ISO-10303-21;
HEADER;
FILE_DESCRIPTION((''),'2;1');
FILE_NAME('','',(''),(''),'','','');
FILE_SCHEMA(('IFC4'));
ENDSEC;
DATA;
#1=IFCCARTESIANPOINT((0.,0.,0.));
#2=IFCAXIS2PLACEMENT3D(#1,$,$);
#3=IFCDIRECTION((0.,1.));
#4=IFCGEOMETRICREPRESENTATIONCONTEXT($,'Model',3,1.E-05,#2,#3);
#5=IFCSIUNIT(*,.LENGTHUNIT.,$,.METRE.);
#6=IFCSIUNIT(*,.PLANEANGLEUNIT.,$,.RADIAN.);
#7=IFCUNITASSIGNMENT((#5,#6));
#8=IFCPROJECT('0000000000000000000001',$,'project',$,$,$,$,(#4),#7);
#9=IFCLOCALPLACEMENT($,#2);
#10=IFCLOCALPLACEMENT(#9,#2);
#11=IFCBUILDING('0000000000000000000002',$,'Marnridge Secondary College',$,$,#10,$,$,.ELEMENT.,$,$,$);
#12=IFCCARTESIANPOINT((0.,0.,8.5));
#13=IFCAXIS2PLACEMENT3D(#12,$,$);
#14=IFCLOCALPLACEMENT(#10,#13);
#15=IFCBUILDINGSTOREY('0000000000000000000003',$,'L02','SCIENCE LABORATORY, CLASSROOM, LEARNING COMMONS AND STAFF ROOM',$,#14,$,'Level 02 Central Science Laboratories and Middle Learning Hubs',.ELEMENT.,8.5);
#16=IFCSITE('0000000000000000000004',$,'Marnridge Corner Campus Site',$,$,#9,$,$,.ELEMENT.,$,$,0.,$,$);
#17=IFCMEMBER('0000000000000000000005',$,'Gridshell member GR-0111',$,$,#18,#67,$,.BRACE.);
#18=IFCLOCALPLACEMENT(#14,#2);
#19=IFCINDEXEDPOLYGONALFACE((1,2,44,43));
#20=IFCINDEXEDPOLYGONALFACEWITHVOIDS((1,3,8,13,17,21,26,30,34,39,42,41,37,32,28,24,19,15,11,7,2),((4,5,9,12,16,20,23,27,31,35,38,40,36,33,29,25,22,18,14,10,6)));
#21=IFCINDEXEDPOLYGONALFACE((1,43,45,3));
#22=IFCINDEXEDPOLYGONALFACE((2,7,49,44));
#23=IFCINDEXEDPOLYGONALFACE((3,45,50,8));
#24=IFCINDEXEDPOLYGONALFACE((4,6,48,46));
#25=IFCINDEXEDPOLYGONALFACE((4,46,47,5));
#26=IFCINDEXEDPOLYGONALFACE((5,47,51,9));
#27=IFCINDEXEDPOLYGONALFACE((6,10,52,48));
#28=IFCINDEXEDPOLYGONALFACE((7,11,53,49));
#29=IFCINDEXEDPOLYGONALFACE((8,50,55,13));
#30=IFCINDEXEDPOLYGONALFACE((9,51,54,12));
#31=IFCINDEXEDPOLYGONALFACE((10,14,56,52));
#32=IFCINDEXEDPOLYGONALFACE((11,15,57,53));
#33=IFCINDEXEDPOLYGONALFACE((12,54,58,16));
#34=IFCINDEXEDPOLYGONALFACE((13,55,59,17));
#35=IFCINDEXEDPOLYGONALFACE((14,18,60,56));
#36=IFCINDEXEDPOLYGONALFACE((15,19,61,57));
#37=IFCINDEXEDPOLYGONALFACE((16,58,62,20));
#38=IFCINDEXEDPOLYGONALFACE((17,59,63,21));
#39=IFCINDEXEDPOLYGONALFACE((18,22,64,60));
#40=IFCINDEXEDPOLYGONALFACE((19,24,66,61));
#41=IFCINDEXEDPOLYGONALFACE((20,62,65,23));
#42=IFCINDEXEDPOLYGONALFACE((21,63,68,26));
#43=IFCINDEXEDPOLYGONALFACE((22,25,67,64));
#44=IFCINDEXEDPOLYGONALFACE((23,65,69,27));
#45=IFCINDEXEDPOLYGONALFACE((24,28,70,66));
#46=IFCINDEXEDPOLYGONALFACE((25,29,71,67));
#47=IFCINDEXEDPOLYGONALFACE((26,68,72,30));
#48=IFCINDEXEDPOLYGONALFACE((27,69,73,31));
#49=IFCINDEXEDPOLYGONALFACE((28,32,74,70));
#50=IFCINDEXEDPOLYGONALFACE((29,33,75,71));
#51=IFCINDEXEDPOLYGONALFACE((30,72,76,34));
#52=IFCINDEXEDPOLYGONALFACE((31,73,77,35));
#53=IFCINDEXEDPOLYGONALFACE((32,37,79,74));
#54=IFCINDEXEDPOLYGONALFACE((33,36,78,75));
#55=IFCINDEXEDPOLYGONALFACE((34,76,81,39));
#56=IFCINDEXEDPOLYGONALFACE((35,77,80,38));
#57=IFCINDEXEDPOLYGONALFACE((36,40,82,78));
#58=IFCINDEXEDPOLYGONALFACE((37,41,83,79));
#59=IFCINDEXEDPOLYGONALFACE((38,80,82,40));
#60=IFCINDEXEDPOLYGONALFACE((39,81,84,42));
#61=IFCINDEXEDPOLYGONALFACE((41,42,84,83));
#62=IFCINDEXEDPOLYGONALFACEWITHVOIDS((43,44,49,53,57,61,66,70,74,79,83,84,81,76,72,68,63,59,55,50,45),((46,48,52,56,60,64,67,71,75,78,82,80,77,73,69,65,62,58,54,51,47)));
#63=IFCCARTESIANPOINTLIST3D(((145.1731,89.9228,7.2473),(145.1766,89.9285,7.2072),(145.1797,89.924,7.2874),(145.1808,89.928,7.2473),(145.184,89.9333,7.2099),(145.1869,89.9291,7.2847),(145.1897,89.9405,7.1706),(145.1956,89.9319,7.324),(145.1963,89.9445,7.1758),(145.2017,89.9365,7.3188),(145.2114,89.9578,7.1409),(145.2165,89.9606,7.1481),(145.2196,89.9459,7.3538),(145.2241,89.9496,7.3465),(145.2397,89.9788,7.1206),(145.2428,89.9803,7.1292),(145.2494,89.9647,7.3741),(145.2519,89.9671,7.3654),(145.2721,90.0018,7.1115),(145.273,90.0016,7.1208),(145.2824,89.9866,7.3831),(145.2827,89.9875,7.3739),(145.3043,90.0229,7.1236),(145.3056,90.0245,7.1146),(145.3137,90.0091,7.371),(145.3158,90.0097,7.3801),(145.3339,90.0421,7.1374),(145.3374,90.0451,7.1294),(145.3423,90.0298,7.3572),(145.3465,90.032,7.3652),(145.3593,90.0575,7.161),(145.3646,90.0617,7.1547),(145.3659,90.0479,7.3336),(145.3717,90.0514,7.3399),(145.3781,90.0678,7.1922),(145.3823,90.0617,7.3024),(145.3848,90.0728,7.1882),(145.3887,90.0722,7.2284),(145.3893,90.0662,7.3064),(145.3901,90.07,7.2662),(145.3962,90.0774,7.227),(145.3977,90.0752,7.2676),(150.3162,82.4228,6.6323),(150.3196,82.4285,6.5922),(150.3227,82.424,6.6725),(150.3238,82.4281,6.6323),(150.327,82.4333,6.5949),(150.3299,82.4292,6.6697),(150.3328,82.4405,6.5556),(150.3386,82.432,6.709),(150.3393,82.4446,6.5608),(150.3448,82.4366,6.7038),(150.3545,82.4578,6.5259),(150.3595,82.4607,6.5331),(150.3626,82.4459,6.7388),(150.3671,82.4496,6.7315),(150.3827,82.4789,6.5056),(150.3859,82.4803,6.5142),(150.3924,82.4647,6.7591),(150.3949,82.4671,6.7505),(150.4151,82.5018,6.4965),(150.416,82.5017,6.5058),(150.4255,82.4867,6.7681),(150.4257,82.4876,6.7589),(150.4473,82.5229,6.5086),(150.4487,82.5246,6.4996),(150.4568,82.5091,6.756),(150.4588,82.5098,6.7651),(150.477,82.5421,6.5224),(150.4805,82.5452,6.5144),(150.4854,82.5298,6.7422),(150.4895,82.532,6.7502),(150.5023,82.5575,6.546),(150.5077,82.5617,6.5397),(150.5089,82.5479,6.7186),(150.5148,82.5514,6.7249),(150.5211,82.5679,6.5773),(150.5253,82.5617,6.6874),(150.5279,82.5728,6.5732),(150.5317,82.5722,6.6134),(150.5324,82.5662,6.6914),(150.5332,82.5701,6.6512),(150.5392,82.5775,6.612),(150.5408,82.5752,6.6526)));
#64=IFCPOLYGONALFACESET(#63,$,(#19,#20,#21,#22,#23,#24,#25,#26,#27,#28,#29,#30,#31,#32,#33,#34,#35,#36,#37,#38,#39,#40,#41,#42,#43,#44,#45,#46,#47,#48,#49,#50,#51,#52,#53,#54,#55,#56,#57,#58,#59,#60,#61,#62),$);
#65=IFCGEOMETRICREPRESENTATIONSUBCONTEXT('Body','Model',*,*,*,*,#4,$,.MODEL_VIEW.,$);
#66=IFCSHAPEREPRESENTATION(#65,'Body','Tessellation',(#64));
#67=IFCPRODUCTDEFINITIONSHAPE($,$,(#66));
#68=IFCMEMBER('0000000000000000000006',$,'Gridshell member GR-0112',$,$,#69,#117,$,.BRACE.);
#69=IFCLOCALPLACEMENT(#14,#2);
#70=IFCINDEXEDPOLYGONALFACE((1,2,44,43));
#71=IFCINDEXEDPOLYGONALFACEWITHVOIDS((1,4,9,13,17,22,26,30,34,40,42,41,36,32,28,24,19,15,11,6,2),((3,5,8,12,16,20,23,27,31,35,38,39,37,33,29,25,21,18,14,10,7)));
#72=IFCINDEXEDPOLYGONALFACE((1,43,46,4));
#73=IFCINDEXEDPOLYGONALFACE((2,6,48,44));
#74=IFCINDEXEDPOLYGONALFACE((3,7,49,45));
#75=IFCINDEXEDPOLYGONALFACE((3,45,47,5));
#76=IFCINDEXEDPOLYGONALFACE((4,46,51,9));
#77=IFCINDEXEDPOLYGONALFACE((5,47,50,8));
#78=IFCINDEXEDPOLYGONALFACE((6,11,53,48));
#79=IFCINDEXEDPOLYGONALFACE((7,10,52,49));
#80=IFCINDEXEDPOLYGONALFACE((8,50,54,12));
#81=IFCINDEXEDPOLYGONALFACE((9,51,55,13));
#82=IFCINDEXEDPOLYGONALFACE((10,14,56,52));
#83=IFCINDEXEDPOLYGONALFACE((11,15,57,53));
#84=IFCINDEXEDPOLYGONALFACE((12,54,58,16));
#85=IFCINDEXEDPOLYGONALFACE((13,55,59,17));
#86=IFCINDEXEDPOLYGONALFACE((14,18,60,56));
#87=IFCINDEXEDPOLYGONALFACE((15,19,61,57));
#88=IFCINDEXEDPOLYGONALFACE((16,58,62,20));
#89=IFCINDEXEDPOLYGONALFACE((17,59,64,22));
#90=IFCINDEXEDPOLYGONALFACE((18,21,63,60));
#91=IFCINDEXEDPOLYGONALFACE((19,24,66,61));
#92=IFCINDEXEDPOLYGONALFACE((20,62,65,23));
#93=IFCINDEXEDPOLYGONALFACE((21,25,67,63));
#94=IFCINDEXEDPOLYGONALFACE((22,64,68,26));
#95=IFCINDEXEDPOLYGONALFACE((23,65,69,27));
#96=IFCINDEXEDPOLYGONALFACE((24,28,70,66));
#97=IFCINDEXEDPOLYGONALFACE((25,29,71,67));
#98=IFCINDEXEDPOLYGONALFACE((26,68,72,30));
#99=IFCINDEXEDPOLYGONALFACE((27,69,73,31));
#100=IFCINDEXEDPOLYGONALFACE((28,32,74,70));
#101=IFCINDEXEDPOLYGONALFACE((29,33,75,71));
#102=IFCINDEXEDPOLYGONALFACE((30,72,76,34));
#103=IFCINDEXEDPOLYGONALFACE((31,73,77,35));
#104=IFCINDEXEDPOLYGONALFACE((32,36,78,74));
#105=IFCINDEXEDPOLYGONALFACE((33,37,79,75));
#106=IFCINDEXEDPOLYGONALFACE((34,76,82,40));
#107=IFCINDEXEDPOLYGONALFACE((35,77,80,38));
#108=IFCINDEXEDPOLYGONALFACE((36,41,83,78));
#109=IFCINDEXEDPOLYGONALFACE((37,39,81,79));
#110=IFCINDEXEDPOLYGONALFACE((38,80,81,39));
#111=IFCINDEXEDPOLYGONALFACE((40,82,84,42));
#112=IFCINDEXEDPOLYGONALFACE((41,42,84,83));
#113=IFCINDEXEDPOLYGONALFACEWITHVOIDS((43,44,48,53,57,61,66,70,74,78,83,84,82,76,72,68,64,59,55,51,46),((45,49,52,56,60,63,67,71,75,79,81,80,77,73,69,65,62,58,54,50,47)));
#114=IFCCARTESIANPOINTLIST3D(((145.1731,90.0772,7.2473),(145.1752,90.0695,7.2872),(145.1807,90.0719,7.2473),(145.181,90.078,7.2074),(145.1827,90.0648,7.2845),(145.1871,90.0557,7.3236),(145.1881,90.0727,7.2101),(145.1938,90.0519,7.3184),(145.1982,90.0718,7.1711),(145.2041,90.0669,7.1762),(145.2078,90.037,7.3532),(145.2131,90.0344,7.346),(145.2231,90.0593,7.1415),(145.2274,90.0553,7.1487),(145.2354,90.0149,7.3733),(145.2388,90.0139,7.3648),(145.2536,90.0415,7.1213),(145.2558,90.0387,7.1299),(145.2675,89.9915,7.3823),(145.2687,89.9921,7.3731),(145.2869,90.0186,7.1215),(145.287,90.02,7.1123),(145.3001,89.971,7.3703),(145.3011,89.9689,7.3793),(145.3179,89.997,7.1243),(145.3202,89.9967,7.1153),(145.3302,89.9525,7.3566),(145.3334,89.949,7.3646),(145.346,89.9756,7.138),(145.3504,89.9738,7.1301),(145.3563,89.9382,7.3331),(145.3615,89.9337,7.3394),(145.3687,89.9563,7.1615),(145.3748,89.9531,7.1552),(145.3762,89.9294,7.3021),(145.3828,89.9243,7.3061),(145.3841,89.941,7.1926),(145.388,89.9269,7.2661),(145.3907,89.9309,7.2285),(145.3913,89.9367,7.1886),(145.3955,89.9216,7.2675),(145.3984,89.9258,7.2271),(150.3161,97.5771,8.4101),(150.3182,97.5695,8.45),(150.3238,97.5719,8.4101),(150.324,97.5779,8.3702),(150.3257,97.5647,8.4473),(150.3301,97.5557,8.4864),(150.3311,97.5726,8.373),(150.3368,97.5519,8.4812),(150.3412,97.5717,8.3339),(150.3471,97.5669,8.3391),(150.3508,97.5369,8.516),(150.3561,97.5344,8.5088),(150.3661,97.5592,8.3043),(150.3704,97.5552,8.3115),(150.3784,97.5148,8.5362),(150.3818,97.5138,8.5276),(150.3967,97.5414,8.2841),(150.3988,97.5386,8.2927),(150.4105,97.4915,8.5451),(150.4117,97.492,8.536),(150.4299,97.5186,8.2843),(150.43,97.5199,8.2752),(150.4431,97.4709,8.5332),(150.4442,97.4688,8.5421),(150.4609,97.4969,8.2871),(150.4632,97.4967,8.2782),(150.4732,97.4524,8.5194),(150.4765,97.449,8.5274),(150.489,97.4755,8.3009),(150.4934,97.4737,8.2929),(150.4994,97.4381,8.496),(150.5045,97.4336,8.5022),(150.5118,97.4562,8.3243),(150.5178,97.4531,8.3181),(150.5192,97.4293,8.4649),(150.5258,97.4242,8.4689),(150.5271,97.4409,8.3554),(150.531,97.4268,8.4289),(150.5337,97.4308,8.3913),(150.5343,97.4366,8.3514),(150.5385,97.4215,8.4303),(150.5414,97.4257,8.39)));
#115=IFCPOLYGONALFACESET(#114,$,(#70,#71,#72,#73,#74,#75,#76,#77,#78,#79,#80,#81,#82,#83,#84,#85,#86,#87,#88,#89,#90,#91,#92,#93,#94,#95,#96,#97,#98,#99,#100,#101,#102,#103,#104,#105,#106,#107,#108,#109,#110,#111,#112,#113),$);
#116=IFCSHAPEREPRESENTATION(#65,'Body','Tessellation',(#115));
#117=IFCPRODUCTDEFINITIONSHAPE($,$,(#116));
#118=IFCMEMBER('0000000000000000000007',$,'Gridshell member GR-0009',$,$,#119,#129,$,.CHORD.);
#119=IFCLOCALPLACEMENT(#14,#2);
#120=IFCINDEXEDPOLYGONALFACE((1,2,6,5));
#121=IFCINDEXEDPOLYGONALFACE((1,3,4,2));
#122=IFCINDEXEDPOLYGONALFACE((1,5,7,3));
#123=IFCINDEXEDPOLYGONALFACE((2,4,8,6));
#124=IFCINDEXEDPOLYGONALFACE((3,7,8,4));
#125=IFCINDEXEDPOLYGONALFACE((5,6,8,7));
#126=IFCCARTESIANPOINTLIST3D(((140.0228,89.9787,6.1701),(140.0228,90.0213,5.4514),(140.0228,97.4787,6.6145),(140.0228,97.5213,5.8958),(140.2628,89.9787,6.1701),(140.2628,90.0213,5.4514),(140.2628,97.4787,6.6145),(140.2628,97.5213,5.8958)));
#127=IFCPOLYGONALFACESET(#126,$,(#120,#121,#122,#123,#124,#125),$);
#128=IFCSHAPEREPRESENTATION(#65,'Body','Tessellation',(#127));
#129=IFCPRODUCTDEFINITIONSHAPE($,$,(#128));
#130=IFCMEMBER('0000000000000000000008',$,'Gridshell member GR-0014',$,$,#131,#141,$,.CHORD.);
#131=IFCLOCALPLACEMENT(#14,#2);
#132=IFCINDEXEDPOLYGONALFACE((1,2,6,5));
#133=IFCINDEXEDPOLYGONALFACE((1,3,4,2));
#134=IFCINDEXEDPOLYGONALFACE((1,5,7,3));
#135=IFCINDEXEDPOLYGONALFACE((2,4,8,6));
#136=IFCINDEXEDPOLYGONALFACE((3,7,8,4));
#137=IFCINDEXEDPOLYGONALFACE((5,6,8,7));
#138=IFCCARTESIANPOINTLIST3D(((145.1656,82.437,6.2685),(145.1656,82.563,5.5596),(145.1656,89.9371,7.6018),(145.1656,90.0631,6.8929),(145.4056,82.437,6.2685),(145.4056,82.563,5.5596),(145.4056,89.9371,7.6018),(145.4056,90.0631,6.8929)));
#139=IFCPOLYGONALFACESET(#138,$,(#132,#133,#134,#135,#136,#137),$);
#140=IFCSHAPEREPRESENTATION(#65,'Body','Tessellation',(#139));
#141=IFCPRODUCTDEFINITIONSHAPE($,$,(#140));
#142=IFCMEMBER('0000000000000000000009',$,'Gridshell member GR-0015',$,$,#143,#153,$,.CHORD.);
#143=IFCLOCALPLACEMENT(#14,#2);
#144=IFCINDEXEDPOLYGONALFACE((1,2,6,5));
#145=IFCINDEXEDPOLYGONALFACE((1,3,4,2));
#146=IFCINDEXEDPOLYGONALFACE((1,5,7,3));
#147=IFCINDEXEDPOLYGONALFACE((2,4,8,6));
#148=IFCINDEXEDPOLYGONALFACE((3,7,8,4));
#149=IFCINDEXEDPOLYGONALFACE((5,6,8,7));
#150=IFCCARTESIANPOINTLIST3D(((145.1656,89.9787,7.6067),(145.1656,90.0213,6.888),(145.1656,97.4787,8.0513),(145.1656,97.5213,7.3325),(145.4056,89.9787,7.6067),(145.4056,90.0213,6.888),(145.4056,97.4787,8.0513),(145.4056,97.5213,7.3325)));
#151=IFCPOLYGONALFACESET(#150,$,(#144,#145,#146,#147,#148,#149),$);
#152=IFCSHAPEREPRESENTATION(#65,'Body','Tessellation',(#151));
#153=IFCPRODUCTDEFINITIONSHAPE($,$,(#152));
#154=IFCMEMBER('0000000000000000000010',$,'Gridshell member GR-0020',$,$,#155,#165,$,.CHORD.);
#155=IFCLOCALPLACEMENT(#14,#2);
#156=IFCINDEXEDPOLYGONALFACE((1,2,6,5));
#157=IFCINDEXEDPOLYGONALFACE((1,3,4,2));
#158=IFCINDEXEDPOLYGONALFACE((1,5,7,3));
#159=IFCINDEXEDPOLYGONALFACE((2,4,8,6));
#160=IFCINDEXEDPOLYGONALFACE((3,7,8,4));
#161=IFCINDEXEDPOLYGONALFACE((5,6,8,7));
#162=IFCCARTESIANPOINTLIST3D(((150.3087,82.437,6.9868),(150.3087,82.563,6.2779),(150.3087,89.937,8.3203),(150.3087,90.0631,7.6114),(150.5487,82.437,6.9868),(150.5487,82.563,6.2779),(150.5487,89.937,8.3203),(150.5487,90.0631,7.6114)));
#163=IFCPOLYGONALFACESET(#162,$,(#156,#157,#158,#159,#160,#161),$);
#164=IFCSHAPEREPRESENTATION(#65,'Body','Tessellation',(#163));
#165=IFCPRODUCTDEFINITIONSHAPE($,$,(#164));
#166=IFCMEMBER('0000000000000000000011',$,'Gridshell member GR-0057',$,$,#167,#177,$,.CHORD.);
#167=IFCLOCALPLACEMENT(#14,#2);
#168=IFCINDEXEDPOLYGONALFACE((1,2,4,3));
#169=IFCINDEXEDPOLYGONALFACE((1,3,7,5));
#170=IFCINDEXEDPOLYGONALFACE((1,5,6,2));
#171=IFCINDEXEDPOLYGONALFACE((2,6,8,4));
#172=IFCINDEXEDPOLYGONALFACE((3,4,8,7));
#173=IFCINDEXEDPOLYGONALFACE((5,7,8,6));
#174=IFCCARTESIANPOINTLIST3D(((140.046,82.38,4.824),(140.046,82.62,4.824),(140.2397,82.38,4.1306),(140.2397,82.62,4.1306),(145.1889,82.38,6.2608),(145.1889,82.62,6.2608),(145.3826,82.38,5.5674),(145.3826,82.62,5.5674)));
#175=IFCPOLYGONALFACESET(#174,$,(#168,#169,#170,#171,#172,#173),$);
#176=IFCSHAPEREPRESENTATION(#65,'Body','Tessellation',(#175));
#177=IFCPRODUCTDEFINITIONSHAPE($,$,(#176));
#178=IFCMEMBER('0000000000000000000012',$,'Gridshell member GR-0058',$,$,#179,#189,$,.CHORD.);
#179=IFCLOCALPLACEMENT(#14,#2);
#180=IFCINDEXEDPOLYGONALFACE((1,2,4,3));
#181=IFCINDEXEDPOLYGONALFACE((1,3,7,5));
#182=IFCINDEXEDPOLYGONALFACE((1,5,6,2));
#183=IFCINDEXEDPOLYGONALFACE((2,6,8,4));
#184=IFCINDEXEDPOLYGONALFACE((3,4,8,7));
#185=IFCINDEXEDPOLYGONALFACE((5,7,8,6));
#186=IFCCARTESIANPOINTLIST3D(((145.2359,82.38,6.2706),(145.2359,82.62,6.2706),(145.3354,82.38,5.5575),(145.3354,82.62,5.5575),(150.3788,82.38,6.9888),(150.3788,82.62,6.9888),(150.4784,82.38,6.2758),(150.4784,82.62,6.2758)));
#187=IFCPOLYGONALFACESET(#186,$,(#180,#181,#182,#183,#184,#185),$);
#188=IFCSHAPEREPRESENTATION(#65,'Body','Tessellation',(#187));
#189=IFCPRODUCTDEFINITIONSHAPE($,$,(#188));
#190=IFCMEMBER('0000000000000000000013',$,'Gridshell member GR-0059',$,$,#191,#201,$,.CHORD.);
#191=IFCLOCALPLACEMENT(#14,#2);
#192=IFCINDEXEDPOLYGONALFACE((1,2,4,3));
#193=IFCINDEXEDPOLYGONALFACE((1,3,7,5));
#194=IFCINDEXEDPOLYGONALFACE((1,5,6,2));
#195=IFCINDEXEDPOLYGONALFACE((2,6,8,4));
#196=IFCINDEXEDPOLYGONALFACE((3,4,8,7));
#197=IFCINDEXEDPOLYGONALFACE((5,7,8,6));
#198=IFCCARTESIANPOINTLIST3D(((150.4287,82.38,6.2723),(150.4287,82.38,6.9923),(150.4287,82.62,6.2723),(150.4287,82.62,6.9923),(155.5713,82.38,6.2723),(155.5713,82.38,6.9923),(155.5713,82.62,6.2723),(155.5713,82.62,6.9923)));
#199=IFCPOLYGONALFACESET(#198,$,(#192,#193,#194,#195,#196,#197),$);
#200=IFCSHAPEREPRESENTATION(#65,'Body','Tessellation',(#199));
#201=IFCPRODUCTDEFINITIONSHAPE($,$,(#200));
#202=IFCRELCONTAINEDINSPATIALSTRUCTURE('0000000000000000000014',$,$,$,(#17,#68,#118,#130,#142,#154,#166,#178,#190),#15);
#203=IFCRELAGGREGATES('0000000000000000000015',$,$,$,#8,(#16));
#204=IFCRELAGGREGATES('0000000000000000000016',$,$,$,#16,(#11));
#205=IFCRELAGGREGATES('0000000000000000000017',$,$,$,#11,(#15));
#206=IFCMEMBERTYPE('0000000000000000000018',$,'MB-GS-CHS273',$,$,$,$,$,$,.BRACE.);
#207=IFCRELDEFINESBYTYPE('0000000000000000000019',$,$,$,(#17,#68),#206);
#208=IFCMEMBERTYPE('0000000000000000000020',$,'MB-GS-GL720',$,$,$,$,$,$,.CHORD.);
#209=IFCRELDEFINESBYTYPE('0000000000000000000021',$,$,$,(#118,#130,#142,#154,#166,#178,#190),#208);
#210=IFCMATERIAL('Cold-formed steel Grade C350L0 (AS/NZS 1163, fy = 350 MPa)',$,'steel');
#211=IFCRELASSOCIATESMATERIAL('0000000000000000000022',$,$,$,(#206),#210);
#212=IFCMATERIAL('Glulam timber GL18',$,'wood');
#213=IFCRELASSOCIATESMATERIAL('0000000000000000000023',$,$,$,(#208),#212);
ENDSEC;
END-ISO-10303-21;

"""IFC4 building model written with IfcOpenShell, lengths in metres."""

from ifc_helpers import new_model, si_unit, direction, frame, origin, origin_2d, place, context, subcontext, project, spatial, rectangle, hollow_circle, extrude, material, material_profile, profile_set, type_object, element, save


model = new_model("IFC4")

# Units and contexts
model_context = context("Model", 3, precision=1e-05, world=origin(), true_north=direction((0.0, 1.0)))
body_context = subcontext(model_context, "Body", "Model", "MODEL_VIEW")
ifc_project = project(units=[si_unit("LENGTHUNIT", "METRE"), si_unit("PLANEANGLEUNIT", "RADIAN")], contexts=[model_context])

# Site, building, storey
site_placement = place(None, origin())
site = spatial("IfcSite", under=ifc_project, at=site_placement, Name="Marnridge Corner Campus Site", CompositionType="ELEMENT", RefElevation=0.0)
building_placement = place(site_placement, origin())
building = spatial("IfcBuilding", under=site, at=building_placement, Name="Marnridge Secondary College", CompositionType="ELEMENT")
storey_placement = place(building_placement, frame((0.0, 0.0, 8.5)))
storey = spatial("IfcBuildingStorey", under=building, at=storey_placement, Name="L02", Description="SCIENCE LABORATORY, CLASSROOM, LEARNING COMMONS AND STAFF ROOM", LongName="Level 02 Central Science Laboratories and Middle Learning Hubs", CompositionType="ELEMENT", Elevation=8.5)

# Members
ifc_material_1 = material(Name="Cold-formed steel Grade C350L0 (AS/NZS 1163, fy = 350 MPa)", Category="steel")
ifc_material_profile_1 = material_profile(ifc_material_1, hollow_circle(Radius=0.1365, WallThickness=0.0093, at=origin_2d()), Name="273.1x9.3CHS")
ifc_profile_set_1 = profile_set([ifc_material_profile_1], Name="Cold-formed steel Grade C350L0 (AS/NZS 1163, fy = 350 MPa)")
member_type_1 = type_object("IfcMemberType", Name="MB-GS-CHS273", PredefinedType="BRACE", material=ifc_profile_set_1)
member_1_placement = place(storey_placement, frame((150.4287, 82.5, 6.6323), z_axis=(-0.564255, 0.822839, 0.067472), x_axis=(-0.824718, -0.565544, 0.0)))
element("IfcMember", 1, at=member_1_placement, inside=storey, type_object=member_type_1, Name="Gridshell member GR-0111", PredefinedType="BRACE", context=body_context, shape_type="SweptSolid", body=[
    extrude(hollow_circle(Radius=0.1365, WallThickness=0.0093, at=origin_2d()), origin(), (0.0, 0.0, 1.0), 9.1147),
])
member_2_placement = place(storey_placement, frame((145.2856, 90.0, 7.2473), z_axis=(0.560976, 0.818057, 0.126836), x_axis=(-0.824718, 0.565544, 0.0)))
element("IfcMember", 2, at=member_2_placement, inside=storey, type_object=member_type_1, Name="Gridshell member GR-0112", PredefinedType="BRACE", context=body_context, shape_type="SweptSolid", body=[
    extrude(hollow_circle(Radius=0.1365, WallThickness=0.0093, at=origin_2d()), origin(), (0.0, 0.0, 1.0), 9.168),
])
ifc_material_2 = material(Name="Glulam timber GL18", Category="wood")
ifc_material_profile_2 = material_profile(ifc_material_2, rectangle(XDim=0.24, YDim=0.72, at=origin_2d()), Name="GL18 240x720")
ifc_profile_set_2 = profile_set([ifc_material_profile_2], Name="Glulam timber GL18")
member_type_2 = type_object("IfcMemberType", Name="MB-GS-GL720", PredefinedType="CHORD", material=ifc_profile_set_2)
member_3_placement = place(storey_placement, frame((140.1428, 90.0, 5.8108), z_axis=(0.0, 0.99825, 0.059141), x_axis=(-1.0, 0.0, 0.0)))
element("IfcMember", 3, at=member_3_placement, inside=storey, type_object=member_type_2, Name="Gridshell member GR-0009", PredefinedType="CHORD", context=body_context, shape_type="SweptSolid", body=[
    extrude(rectangle(XDim=0.24, YDim=0.72, at=origin_2d()), origin(), (0.0, 0.0, 1.0), 7.5132),
])
member_4_placement = place(storey_placement, frame((145.2856, 82.5, 5.9141), z_axis=(0.0, 0.984564, 0.175023), x_axis=(-1.0, 0.0, 0.0)))
element("IfcMember", 4, at=member_4_placement, inside=storey, type_object=member_type_2, Name="Gridshell member GR-0014", PredefinedType="CHORD", context=body_context, shape_type="SweptSolid", body=[
    extrude(rectangle(XDim=0.24, YDim=0.72, at=origin_2d()), origin(), (0.0, 0.0, 1.0), 7.6177),
])
member_5_placement = place(storey_placement, frame((145.2856, 90.0, 7.2473), z_axis=(0.0, 0.998248, 0.059173), x_axis=(-1.0, 0.0, 0.0)))
element("IfcMember", 5, at=member_5_placement, inside=storey, type_object=member_type_2, Name="Gridshell member GR-0015", PredefinedType="CHORD", context=body_context, shape_type="SweptSolid", body=[
    extrude(rectangle(XDim=0.24, YDim=0.72, at=origin_2d()), origin(), (0.0, 0.0, 1.0), 7.5132),
])
member_6_placement = place(storey_placement, frame((150.4287, 82.5, 6.6323), z_axis=(0.0, 0.984559, 0.175054), x_axis=(-1.0, 0.0, 0.0)))
element("IfcMember", 6, at=member_6_placement, inside=storey, type_object=member_type_2, Name="Gridshell member GR-0020", PredefinedType="CHORD", context=body_context, shape_type="SweptSolid", body=[
    extrude(rectangle(XDim=0.24, YDim=0.72, at=origin_2d()), origin(), (0.0, 0.0, 1.0), 7.6177),
])
member_7_placement = place(storey_placement, frame((140.1428, 82.5, 4.4773), z_axis=(0.963121, 0.0, 0.26907), x_axis=(0.0, 1.0, 0.0)))
element("IfcMember", 7, at=member_7_placement, inside=storey, type_object=member_type_2, Name="Gridshell member GR-0057", PredefinedType="CHORD", context=body_context, shape_type="SweptSolid", body=[
    extrude(rectangle(XDim=0.24, YDim=0.72, at=origin_2d()), origin(), (0.0, 0.0, 1.0), 5.3398),
])
member_8_placement = place(storey_placement, frame((145.2856, 82.5, 5.9141), z_axis=(0.990388, 0.0, 0.138314), x_axis=(0.0, 1.0, 0.0)))
element("IfcMember", 8, at=member_8_placement, inside=storey, type_object=member_type_2, Name="Gridshell member GR-0058", PredefinedType="CHORD", context=body_context, shape_type="SweptSolid", body=[
    extrude(rectangle(XDim=0.24, YDim=0.72, at=origin_2d()), origin(), (0.0, 0.0, 1.0), 5.1929),
])
member_9_placement = place(storey_placement, frame((150.4287, 82.5, 6.6323), z_axis=(1.0, 0.0, 0.0), x_axis=(0.0, 1.0, 0.0)))
element("IfcMember", 9, at=member_9_placement, inside=storey, type_object=member_type_2, Name="Gridshell member GR-0059", PredefinedType="CHORD", context=body_context, shape_type="SweptSolid", body=[
    extrude(rectangle(XDim=0.24, YDim=0.72, at=origin_2d()), origin(), (0.0, 0.0, 1.0), 5.1426),
])

save(model, "model.ifc")
